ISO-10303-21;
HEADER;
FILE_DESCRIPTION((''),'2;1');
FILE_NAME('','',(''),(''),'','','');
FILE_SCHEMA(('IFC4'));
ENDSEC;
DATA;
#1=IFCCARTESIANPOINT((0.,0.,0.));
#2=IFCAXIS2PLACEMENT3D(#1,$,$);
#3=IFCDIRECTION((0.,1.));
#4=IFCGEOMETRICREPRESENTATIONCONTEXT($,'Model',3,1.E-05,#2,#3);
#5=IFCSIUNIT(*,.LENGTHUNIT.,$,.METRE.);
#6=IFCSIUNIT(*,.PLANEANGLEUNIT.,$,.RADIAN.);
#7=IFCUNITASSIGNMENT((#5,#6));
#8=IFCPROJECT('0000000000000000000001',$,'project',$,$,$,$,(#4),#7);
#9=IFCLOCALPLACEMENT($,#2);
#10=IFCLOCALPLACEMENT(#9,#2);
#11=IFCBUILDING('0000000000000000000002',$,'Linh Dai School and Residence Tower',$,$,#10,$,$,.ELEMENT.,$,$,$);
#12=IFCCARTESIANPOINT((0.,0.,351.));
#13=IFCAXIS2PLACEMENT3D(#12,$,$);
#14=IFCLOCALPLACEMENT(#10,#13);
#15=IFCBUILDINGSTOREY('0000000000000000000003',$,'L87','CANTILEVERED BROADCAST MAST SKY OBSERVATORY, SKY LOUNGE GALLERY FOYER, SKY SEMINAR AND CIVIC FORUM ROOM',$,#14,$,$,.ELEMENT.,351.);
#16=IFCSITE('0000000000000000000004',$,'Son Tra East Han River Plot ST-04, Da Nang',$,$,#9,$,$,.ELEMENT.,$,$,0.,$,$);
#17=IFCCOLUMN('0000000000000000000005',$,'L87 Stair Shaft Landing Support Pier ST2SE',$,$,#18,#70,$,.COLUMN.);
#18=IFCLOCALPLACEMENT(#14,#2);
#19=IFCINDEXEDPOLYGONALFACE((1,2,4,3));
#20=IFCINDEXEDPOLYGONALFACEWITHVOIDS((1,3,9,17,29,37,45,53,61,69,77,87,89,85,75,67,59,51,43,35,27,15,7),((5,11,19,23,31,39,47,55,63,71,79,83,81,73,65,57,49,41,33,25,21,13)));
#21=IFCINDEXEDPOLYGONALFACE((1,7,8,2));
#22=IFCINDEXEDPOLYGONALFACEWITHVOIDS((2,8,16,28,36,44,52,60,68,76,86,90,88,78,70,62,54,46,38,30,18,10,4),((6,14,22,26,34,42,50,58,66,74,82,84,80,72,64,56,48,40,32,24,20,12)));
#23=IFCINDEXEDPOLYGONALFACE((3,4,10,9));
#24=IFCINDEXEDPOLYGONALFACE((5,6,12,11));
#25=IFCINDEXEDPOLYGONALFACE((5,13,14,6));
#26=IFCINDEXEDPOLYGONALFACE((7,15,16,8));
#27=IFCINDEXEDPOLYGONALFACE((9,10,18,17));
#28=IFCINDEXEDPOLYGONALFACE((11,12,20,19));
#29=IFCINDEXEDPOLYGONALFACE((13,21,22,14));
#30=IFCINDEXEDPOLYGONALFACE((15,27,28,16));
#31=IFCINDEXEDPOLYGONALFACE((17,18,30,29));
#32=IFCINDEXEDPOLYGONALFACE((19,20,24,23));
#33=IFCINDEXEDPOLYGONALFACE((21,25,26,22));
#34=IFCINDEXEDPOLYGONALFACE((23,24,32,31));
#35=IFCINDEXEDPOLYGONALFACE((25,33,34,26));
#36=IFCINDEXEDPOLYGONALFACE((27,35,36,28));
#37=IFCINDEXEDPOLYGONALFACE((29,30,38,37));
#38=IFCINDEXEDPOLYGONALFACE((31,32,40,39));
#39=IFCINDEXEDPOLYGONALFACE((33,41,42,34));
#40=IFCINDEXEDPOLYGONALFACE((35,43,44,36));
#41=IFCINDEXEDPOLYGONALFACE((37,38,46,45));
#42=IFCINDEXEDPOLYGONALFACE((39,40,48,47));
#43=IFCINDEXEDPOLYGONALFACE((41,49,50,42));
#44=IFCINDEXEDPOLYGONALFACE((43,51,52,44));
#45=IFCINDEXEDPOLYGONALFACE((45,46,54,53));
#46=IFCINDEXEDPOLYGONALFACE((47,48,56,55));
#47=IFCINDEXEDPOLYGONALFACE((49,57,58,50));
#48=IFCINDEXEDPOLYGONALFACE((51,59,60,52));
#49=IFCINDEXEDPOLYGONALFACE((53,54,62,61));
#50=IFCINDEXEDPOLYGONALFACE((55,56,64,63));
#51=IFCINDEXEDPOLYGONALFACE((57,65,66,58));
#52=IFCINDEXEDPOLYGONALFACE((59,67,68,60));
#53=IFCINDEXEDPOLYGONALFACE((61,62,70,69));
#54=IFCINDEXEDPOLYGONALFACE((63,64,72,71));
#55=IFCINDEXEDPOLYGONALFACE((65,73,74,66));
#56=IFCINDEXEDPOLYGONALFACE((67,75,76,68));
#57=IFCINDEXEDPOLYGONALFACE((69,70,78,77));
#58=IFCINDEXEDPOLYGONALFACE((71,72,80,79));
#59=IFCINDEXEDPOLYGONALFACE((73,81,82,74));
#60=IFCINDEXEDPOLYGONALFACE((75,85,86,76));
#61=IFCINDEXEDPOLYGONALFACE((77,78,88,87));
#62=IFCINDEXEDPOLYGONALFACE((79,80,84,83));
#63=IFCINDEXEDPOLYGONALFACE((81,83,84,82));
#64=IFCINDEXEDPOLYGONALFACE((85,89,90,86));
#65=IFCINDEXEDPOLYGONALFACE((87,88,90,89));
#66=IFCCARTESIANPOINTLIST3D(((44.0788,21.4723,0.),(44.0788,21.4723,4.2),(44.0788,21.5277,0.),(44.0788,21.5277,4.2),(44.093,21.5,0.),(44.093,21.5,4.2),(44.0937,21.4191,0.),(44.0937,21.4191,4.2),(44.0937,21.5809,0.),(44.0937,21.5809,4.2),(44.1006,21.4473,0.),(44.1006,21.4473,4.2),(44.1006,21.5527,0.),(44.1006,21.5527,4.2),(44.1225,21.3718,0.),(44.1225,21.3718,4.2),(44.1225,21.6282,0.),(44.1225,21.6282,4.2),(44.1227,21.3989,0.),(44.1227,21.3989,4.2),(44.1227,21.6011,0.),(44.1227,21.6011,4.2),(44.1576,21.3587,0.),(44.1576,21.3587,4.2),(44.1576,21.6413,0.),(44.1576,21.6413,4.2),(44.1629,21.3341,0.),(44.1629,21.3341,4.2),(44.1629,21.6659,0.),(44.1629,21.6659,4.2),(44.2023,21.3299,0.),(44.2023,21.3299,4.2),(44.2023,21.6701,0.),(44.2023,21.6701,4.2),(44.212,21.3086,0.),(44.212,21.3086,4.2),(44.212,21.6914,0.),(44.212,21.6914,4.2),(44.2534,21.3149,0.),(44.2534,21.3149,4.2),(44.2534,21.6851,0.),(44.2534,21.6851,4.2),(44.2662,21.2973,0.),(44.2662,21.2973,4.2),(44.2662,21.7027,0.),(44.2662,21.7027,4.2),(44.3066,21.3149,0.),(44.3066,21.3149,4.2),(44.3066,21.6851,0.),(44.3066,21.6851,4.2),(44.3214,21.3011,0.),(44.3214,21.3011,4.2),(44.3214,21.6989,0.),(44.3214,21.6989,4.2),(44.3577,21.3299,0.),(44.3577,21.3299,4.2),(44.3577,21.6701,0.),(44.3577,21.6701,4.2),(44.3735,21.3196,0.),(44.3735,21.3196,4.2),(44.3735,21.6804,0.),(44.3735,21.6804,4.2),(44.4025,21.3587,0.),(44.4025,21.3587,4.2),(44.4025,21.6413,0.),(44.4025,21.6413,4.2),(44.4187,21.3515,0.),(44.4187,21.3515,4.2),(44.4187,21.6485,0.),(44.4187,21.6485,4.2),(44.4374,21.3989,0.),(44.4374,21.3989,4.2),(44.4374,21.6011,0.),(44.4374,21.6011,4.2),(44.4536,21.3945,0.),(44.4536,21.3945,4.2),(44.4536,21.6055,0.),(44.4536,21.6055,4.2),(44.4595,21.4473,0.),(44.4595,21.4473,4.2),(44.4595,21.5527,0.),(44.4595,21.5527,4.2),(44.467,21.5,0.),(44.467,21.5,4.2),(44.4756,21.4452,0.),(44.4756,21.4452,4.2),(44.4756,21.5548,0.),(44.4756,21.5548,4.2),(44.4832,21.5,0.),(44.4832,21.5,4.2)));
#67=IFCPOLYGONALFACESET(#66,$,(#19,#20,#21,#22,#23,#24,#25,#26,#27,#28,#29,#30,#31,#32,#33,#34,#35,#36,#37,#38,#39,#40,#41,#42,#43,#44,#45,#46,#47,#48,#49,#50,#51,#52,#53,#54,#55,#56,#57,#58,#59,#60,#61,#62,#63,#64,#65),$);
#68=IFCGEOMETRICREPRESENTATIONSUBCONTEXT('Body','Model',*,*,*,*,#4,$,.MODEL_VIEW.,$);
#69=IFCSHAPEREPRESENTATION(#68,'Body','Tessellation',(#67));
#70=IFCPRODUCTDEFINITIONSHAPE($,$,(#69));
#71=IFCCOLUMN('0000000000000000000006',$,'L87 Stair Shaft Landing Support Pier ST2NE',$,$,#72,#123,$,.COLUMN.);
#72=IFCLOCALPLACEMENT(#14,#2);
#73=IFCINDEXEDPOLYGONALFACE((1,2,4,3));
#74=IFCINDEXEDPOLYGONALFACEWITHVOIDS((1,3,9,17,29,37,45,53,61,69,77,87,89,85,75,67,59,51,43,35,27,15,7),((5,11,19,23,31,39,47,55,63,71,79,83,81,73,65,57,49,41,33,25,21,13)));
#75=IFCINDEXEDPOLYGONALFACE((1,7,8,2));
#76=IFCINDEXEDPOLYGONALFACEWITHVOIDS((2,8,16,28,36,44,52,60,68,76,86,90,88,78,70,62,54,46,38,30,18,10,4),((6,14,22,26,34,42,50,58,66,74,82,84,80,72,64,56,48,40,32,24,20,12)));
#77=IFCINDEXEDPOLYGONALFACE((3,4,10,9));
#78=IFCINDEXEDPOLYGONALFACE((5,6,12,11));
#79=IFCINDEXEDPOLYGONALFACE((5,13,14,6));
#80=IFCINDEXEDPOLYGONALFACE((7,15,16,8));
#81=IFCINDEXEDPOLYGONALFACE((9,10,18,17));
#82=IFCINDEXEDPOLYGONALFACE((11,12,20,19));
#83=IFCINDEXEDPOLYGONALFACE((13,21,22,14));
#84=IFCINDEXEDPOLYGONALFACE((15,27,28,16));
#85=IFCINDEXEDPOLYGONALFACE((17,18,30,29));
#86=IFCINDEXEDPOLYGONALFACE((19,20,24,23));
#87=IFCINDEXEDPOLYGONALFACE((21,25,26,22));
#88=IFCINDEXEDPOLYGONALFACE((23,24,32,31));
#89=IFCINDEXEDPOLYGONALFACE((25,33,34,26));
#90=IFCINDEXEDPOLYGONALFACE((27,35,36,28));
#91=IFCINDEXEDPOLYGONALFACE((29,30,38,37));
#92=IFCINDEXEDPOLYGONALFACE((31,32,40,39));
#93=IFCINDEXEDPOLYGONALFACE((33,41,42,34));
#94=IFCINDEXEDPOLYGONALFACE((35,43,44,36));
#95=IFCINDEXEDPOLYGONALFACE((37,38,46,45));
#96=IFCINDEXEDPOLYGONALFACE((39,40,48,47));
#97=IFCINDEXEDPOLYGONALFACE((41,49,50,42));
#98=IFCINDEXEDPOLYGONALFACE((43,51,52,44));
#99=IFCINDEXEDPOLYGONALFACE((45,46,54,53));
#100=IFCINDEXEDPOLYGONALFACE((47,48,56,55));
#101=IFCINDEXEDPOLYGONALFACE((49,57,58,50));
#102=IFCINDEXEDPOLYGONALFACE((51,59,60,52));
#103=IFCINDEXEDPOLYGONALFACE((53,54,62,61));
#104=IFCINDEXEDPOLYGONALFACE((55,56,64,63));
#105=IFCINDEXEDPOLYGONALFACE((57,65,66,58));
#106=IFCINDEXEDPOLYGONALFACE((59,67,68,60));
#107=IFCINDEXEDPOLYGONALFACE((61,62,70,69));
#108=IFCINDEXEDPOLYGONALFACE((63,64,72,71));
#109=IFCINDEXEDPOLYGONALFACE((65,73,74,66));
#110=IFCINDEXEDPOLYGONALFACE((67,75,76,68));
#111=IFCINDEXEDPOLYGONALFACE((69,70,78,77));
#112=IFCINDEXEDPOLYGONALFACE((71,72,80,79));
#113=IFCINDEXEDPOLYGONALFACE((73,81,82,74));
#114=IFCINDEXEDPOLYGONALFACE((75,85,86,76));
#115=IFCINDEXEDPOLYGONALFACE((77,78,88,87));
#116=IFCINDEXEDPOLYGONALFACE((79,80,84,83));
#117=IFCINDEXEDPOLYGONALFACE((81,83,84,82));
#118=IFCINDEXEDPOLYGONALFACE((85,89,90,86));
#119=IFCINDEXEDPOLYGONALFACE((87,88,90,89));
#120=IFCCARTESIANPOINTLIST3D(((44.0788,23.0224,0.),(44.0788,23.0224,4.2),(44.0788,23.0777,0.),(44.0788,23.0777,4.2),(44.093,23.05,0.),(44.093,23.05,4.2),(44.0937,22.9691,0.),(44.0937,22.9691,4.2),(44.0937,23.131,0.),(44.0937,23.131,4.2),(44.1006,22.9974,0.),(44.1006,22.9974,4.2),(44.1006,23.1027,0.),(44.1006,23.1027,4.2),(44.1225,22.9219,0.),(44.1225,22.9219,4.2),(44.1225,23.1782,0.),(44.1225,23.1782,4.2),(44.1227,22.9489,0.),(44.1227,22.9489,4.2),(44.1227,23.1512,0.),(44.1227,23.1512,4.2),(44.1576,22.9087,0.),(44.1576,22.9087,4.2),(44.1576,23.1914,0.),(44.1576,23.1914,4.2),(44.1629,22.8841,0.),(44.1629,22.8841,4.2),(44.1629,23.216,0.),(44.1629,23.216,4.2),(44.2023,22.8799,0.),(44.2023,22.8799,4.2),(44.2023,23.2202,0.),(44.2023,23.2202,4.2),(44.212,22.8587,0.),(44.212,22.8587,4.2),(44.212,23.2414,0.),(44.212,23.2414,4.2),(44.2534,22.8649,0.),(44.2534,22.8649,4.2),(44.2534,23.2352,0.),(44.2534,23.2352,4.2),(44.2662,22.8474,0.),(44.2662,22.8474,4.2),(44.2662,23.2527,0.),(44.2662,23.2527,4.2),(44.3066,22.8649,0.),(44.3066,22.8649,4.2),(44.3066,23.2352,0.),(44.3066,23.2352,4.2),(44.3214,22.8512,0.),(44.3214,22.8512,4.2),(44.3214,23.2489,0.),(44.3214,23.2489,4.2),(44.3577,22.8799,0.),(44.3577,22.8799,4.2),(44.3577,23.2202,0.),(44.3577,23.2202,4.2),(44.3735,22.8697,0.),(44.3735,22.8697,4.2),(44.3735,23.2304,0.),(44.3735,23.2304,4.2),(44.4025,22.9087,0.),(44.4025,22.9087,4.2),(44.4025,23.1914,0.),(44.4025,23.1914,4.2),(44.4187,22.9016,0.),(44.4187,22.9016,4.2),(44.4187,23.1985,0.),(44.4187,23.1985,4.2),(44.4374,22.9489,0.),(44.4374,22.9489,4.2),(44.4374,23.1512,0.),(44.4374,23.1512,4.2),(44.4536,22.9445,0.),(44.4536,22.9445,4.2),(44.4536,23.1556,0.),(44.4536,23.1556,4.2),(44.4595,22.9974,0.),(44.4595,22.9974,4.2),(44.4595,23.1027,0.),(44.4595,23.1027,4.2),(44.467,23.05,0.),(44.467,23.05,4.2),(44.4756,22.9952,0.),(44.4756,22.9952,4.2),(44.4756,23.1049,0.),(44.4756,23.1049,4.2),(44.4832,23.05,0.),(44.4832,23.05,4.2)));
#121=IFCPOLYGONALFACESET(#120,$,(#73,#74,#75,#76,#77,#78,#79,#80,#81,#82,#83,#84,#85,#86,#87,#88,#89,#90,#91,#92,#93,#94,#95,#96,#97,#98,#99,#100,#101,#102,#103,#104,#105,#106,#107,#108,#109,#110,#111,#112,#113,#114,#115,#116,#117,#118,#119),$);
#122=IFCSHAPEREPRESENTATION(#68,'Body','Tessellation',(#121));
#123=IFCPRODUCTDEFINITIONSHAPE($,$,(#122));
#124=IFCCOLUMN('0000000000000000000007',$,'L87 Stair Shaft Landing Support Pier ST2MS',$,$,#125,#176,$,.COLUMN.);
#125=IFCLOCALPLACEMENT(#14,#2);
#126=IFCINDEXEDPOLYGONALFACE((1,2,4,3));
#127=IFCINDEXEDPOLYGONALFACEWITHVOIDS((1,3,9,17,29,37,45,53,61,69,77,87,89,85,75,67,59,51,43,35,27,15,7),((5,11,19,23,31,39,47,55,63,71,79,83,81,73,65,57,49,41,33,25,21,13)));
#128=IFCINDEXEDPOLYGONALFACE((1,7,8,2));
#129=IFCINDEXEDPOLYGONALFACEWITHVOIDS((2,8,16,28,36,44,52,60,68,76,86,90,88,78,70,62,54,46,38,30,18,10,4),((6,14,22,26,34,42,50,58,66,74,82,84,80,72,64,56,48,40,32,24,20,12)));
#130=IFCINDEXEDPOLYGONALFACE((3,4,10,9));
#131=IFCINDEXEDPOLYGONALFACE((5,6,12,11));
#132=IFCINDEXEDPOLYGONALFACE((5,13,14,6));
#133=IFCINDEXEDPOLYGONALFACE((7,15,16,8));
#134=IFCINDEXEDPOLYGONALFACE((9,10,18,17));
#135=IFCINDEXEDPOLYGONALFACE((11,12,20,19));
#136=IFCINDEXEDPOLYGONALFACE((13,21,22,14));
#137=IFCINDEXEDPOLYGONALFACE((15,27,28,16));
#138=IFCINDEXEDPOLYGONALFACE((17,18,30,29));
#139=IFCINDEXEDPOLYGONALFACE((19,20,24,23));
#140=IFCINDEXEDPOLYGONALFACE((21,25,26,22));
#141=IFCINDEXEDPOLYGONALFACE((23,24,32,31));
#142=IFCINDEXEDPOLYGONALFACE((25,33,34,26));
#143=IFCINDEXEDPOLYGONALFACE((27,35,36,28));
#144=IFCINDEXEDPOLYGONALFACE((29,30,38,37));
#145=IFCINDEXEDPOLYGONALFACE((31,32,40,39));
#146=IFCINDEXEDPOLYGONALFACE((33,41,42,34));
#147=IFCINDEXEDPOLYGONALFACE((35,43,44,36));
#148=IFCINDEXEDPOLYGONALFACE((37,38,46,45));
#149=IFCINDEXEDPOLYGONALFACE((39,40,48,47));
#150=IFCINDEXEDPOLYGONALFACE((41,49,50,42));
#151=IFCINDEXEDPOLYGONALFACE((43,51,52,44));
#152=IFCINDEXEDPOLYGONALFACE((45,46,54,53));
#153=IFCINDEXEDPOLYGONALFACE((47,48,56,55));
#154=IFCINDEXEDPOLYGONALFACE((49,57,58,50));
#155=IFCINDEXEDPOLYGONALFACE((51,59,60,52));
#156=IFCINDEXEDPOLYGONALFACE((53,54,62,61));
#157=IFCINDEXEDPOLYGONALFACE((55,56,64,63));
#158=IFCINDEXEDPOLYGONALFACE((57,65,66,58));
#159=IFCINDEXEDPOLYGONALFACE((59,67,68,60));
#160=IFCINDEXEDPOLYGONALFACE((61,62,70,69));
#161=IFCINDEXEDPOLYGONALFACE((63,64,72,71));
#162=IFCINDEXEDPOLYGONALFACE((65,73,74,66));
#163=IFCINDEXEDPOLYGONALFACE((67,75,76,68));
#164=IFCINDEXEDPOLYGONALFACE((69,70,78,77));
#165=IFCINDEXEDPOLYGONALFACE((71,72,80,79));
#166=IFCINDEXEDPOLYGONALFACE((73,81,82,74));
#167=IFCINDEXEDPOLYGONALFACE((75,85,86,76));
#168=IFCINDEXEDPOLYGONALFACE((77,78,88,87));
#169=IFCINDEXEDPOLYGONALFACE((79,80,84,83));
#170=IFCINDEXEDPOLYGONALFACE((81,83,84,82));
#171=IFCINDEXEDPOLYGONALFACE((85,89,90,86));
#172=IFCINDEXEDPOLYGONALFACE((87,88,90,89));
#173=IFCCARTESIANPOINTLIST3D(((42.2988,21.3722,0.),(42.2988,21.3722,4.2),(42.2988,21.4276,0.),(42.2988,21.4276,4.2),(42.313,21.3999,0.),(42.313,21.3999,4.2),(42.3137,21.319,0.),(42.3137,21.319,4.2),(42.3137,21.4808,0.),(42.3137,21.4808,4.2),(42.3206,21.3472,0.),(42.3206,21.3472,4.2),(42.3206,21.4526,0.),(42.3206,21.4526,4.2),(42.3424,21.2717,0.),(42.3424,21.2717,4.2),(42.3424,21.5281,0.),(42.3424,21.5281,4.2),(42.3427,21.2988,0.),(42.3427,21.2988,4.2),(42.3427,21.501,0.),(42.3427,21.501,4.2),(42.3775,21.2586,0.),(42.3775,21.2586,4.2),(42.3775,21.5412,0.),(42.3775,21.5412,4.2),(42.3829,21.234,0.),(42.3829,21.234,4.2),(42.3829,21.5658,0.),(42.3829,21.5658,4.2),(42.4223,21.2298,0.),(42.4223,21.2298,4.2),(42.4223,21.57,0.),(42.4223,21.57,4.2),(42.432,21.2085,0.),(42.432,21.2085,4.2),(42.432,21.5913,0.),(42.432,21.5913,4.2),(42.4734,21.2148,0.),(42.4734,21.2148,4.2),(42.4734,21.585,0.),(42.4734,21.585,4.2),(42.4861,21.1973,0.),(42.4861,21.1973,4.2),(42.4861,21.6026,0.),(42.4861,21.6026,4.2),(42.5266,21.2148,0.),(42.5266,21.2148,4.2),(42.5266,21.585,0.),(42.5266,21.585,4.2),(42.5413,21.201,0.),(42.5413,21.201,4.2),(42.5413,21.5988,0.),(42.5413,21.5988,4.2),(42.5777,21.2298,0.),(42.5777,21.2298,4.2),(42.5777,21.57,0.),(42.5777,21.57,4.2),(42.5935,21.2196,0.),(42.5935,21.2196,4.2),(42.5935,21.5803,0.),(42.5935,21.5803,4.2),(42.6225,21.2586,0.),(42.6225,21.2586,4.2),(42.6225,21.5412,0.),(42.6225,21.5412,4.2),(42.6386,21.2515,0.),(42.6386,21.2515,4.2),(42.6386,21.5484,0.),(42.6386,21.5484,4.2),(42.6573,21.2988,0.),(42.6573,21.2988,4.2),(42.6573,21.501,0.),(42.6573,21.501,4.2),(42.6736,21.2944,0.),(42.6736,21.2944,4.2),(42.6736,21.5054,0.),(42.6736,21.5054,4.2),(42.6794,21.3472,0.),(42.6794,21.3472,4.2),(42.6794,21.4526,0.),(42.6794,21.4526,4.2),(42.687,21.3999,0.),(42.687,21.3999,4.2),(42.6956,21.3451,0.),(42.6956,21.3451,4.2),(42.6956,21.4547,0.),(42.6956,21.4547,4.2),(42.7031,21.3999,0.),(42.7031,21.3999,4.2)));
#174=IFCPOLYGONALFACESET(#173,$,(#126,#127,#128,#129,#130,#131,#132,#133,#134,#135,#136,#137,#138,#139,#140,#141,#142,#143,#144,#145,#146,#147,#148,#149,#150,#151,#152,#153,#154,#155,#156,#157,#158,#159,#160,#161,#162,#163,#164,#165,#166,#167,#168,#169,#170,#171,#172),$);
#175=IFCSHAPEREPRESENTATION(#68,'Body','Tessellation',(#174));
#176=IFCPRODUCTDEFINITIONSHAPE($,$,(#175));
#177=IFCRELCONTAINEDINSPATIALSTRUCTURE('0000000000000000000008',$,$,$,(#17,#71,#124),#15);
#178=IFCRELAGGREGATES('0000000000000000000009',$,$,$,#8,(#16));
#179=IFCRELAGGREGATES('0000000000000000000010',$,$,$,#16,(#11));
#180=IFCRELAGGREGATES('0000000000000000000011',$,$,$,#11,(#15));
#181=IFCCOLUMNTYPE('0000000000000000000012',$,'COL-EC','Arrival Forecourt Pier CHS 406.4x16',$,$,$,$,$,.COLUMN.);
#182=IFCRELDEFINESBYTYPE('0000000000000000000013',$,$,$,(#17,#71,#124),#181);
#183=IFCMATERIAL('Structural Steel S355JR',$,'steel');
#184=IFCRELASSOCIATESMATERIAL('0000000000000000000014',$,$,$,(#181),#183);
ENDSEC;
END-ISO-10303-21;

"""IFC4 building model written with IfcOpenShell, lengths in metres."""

from ifc_helpers import new_model, si_unit, direction, frame, origin, origin_2d, place, context, subcontext, project, spatial, hollow_circle, extrude, material, material_profile, profile_set, type_object, element, save


model = new_model("IFC4")

# Units and contexts
model_context = context("Model", 3, precision=1e-05, world=origin(), true_north=direction((0.0, 1.0)))
body_context = subcontext(model_context, "Body", "Model", "MODEL_VIEW")
ifc_project = project(units=[si_unit("LENGTHUNIT", "METRE"), si_unit("PLANEANGLEUNIT", "RADIAN")], contexts=[model_context])

# Site, building, storey
site_placement = place(None, origin())
site = spatial("IfcSite", under=ifc_project, at=site_placement, Name="Son Tra East Han River Plot ST-04, Da Nang", CompositionType="ELEMENT", RefElevation=0.0)
building_placement = place(site_placement, origin())
building = spatial("IfcBuilding", under=site, at=building_placement, Name="Linh Dai School and Residence Tower", CompositionType="ELEMENT")
storey_placement = place(building_placement, frame((0.0, 0.0, 351.0)))
storey = spatial("IfcBuildingStorey", under=building, at=storey_placement, Name="L87", Description="CANTILEVERED BROADCAST MAST SKY OBSERVATORY, SKY LOUNGE GALLERY FOYER, SKY SEMINAR AND CIVIC FORUM ROOM", CompositionType="ELEMENT", Elevation=351.0)

# Columns
ifc_material_1 = material(Name="Structural Steel S355JR", Category="steel")
ifc_material_profile_1 = material_profile(ifc_material_1, hollow_circle(Radius=0.2031, WallThickness=0.0161, at=origin_2d()), Name="CHS 406.4x16")
ifc_profile_set_1 = profile_set([ifc_material_profile_1], Name="Structural Steel S355JR")
column_type_1 = type_object("IfcColumnType", Name="COL-EC", Description="Arrival Forecourt Pier CHS 406.4x16", PredefinedType="COLUMN", material=ifc_profile_set_1)
for number, where, z_axis, x_axis, name in (
    (1, (44.28, 21.5, 0.0), (0.0, 0.0, 1.0), (1.0, 0.0, 0.0), "L87 Stair Shaft Landing Support Pier ST2SE"),
    (2, (44.28, 23.05, 0.0), (0.0, 0.0, 1.0), (1.0, 0.0, 0.0), "L87 Stair Shaft Landing Support Pier ST2NE"),
    (3, (42.5, 21.3999, 0.0), (0.0, 0.0, 1.0), (1.0, 0.0, 0.0), "L87 Stair Shaft Landing Support Pier ST2MS"),
):
    element("IfcColumn", number, at=place(storey_placement, frame(where, z_axis=z_axis, x_axis=x_axis)), inside=storey, type_object=column_type_1, Name=name, PredefinedType="COLUMN", context=body_context, shape_type="SweptSolid", body=[
        extrude(hollow_circle(Radius=0.2031, WallThickness=0.0161, at=origin_2d()), origin(), (0.0, 0.0, 1.0), 4.2),
    ])

save(model, "model.ifc")
